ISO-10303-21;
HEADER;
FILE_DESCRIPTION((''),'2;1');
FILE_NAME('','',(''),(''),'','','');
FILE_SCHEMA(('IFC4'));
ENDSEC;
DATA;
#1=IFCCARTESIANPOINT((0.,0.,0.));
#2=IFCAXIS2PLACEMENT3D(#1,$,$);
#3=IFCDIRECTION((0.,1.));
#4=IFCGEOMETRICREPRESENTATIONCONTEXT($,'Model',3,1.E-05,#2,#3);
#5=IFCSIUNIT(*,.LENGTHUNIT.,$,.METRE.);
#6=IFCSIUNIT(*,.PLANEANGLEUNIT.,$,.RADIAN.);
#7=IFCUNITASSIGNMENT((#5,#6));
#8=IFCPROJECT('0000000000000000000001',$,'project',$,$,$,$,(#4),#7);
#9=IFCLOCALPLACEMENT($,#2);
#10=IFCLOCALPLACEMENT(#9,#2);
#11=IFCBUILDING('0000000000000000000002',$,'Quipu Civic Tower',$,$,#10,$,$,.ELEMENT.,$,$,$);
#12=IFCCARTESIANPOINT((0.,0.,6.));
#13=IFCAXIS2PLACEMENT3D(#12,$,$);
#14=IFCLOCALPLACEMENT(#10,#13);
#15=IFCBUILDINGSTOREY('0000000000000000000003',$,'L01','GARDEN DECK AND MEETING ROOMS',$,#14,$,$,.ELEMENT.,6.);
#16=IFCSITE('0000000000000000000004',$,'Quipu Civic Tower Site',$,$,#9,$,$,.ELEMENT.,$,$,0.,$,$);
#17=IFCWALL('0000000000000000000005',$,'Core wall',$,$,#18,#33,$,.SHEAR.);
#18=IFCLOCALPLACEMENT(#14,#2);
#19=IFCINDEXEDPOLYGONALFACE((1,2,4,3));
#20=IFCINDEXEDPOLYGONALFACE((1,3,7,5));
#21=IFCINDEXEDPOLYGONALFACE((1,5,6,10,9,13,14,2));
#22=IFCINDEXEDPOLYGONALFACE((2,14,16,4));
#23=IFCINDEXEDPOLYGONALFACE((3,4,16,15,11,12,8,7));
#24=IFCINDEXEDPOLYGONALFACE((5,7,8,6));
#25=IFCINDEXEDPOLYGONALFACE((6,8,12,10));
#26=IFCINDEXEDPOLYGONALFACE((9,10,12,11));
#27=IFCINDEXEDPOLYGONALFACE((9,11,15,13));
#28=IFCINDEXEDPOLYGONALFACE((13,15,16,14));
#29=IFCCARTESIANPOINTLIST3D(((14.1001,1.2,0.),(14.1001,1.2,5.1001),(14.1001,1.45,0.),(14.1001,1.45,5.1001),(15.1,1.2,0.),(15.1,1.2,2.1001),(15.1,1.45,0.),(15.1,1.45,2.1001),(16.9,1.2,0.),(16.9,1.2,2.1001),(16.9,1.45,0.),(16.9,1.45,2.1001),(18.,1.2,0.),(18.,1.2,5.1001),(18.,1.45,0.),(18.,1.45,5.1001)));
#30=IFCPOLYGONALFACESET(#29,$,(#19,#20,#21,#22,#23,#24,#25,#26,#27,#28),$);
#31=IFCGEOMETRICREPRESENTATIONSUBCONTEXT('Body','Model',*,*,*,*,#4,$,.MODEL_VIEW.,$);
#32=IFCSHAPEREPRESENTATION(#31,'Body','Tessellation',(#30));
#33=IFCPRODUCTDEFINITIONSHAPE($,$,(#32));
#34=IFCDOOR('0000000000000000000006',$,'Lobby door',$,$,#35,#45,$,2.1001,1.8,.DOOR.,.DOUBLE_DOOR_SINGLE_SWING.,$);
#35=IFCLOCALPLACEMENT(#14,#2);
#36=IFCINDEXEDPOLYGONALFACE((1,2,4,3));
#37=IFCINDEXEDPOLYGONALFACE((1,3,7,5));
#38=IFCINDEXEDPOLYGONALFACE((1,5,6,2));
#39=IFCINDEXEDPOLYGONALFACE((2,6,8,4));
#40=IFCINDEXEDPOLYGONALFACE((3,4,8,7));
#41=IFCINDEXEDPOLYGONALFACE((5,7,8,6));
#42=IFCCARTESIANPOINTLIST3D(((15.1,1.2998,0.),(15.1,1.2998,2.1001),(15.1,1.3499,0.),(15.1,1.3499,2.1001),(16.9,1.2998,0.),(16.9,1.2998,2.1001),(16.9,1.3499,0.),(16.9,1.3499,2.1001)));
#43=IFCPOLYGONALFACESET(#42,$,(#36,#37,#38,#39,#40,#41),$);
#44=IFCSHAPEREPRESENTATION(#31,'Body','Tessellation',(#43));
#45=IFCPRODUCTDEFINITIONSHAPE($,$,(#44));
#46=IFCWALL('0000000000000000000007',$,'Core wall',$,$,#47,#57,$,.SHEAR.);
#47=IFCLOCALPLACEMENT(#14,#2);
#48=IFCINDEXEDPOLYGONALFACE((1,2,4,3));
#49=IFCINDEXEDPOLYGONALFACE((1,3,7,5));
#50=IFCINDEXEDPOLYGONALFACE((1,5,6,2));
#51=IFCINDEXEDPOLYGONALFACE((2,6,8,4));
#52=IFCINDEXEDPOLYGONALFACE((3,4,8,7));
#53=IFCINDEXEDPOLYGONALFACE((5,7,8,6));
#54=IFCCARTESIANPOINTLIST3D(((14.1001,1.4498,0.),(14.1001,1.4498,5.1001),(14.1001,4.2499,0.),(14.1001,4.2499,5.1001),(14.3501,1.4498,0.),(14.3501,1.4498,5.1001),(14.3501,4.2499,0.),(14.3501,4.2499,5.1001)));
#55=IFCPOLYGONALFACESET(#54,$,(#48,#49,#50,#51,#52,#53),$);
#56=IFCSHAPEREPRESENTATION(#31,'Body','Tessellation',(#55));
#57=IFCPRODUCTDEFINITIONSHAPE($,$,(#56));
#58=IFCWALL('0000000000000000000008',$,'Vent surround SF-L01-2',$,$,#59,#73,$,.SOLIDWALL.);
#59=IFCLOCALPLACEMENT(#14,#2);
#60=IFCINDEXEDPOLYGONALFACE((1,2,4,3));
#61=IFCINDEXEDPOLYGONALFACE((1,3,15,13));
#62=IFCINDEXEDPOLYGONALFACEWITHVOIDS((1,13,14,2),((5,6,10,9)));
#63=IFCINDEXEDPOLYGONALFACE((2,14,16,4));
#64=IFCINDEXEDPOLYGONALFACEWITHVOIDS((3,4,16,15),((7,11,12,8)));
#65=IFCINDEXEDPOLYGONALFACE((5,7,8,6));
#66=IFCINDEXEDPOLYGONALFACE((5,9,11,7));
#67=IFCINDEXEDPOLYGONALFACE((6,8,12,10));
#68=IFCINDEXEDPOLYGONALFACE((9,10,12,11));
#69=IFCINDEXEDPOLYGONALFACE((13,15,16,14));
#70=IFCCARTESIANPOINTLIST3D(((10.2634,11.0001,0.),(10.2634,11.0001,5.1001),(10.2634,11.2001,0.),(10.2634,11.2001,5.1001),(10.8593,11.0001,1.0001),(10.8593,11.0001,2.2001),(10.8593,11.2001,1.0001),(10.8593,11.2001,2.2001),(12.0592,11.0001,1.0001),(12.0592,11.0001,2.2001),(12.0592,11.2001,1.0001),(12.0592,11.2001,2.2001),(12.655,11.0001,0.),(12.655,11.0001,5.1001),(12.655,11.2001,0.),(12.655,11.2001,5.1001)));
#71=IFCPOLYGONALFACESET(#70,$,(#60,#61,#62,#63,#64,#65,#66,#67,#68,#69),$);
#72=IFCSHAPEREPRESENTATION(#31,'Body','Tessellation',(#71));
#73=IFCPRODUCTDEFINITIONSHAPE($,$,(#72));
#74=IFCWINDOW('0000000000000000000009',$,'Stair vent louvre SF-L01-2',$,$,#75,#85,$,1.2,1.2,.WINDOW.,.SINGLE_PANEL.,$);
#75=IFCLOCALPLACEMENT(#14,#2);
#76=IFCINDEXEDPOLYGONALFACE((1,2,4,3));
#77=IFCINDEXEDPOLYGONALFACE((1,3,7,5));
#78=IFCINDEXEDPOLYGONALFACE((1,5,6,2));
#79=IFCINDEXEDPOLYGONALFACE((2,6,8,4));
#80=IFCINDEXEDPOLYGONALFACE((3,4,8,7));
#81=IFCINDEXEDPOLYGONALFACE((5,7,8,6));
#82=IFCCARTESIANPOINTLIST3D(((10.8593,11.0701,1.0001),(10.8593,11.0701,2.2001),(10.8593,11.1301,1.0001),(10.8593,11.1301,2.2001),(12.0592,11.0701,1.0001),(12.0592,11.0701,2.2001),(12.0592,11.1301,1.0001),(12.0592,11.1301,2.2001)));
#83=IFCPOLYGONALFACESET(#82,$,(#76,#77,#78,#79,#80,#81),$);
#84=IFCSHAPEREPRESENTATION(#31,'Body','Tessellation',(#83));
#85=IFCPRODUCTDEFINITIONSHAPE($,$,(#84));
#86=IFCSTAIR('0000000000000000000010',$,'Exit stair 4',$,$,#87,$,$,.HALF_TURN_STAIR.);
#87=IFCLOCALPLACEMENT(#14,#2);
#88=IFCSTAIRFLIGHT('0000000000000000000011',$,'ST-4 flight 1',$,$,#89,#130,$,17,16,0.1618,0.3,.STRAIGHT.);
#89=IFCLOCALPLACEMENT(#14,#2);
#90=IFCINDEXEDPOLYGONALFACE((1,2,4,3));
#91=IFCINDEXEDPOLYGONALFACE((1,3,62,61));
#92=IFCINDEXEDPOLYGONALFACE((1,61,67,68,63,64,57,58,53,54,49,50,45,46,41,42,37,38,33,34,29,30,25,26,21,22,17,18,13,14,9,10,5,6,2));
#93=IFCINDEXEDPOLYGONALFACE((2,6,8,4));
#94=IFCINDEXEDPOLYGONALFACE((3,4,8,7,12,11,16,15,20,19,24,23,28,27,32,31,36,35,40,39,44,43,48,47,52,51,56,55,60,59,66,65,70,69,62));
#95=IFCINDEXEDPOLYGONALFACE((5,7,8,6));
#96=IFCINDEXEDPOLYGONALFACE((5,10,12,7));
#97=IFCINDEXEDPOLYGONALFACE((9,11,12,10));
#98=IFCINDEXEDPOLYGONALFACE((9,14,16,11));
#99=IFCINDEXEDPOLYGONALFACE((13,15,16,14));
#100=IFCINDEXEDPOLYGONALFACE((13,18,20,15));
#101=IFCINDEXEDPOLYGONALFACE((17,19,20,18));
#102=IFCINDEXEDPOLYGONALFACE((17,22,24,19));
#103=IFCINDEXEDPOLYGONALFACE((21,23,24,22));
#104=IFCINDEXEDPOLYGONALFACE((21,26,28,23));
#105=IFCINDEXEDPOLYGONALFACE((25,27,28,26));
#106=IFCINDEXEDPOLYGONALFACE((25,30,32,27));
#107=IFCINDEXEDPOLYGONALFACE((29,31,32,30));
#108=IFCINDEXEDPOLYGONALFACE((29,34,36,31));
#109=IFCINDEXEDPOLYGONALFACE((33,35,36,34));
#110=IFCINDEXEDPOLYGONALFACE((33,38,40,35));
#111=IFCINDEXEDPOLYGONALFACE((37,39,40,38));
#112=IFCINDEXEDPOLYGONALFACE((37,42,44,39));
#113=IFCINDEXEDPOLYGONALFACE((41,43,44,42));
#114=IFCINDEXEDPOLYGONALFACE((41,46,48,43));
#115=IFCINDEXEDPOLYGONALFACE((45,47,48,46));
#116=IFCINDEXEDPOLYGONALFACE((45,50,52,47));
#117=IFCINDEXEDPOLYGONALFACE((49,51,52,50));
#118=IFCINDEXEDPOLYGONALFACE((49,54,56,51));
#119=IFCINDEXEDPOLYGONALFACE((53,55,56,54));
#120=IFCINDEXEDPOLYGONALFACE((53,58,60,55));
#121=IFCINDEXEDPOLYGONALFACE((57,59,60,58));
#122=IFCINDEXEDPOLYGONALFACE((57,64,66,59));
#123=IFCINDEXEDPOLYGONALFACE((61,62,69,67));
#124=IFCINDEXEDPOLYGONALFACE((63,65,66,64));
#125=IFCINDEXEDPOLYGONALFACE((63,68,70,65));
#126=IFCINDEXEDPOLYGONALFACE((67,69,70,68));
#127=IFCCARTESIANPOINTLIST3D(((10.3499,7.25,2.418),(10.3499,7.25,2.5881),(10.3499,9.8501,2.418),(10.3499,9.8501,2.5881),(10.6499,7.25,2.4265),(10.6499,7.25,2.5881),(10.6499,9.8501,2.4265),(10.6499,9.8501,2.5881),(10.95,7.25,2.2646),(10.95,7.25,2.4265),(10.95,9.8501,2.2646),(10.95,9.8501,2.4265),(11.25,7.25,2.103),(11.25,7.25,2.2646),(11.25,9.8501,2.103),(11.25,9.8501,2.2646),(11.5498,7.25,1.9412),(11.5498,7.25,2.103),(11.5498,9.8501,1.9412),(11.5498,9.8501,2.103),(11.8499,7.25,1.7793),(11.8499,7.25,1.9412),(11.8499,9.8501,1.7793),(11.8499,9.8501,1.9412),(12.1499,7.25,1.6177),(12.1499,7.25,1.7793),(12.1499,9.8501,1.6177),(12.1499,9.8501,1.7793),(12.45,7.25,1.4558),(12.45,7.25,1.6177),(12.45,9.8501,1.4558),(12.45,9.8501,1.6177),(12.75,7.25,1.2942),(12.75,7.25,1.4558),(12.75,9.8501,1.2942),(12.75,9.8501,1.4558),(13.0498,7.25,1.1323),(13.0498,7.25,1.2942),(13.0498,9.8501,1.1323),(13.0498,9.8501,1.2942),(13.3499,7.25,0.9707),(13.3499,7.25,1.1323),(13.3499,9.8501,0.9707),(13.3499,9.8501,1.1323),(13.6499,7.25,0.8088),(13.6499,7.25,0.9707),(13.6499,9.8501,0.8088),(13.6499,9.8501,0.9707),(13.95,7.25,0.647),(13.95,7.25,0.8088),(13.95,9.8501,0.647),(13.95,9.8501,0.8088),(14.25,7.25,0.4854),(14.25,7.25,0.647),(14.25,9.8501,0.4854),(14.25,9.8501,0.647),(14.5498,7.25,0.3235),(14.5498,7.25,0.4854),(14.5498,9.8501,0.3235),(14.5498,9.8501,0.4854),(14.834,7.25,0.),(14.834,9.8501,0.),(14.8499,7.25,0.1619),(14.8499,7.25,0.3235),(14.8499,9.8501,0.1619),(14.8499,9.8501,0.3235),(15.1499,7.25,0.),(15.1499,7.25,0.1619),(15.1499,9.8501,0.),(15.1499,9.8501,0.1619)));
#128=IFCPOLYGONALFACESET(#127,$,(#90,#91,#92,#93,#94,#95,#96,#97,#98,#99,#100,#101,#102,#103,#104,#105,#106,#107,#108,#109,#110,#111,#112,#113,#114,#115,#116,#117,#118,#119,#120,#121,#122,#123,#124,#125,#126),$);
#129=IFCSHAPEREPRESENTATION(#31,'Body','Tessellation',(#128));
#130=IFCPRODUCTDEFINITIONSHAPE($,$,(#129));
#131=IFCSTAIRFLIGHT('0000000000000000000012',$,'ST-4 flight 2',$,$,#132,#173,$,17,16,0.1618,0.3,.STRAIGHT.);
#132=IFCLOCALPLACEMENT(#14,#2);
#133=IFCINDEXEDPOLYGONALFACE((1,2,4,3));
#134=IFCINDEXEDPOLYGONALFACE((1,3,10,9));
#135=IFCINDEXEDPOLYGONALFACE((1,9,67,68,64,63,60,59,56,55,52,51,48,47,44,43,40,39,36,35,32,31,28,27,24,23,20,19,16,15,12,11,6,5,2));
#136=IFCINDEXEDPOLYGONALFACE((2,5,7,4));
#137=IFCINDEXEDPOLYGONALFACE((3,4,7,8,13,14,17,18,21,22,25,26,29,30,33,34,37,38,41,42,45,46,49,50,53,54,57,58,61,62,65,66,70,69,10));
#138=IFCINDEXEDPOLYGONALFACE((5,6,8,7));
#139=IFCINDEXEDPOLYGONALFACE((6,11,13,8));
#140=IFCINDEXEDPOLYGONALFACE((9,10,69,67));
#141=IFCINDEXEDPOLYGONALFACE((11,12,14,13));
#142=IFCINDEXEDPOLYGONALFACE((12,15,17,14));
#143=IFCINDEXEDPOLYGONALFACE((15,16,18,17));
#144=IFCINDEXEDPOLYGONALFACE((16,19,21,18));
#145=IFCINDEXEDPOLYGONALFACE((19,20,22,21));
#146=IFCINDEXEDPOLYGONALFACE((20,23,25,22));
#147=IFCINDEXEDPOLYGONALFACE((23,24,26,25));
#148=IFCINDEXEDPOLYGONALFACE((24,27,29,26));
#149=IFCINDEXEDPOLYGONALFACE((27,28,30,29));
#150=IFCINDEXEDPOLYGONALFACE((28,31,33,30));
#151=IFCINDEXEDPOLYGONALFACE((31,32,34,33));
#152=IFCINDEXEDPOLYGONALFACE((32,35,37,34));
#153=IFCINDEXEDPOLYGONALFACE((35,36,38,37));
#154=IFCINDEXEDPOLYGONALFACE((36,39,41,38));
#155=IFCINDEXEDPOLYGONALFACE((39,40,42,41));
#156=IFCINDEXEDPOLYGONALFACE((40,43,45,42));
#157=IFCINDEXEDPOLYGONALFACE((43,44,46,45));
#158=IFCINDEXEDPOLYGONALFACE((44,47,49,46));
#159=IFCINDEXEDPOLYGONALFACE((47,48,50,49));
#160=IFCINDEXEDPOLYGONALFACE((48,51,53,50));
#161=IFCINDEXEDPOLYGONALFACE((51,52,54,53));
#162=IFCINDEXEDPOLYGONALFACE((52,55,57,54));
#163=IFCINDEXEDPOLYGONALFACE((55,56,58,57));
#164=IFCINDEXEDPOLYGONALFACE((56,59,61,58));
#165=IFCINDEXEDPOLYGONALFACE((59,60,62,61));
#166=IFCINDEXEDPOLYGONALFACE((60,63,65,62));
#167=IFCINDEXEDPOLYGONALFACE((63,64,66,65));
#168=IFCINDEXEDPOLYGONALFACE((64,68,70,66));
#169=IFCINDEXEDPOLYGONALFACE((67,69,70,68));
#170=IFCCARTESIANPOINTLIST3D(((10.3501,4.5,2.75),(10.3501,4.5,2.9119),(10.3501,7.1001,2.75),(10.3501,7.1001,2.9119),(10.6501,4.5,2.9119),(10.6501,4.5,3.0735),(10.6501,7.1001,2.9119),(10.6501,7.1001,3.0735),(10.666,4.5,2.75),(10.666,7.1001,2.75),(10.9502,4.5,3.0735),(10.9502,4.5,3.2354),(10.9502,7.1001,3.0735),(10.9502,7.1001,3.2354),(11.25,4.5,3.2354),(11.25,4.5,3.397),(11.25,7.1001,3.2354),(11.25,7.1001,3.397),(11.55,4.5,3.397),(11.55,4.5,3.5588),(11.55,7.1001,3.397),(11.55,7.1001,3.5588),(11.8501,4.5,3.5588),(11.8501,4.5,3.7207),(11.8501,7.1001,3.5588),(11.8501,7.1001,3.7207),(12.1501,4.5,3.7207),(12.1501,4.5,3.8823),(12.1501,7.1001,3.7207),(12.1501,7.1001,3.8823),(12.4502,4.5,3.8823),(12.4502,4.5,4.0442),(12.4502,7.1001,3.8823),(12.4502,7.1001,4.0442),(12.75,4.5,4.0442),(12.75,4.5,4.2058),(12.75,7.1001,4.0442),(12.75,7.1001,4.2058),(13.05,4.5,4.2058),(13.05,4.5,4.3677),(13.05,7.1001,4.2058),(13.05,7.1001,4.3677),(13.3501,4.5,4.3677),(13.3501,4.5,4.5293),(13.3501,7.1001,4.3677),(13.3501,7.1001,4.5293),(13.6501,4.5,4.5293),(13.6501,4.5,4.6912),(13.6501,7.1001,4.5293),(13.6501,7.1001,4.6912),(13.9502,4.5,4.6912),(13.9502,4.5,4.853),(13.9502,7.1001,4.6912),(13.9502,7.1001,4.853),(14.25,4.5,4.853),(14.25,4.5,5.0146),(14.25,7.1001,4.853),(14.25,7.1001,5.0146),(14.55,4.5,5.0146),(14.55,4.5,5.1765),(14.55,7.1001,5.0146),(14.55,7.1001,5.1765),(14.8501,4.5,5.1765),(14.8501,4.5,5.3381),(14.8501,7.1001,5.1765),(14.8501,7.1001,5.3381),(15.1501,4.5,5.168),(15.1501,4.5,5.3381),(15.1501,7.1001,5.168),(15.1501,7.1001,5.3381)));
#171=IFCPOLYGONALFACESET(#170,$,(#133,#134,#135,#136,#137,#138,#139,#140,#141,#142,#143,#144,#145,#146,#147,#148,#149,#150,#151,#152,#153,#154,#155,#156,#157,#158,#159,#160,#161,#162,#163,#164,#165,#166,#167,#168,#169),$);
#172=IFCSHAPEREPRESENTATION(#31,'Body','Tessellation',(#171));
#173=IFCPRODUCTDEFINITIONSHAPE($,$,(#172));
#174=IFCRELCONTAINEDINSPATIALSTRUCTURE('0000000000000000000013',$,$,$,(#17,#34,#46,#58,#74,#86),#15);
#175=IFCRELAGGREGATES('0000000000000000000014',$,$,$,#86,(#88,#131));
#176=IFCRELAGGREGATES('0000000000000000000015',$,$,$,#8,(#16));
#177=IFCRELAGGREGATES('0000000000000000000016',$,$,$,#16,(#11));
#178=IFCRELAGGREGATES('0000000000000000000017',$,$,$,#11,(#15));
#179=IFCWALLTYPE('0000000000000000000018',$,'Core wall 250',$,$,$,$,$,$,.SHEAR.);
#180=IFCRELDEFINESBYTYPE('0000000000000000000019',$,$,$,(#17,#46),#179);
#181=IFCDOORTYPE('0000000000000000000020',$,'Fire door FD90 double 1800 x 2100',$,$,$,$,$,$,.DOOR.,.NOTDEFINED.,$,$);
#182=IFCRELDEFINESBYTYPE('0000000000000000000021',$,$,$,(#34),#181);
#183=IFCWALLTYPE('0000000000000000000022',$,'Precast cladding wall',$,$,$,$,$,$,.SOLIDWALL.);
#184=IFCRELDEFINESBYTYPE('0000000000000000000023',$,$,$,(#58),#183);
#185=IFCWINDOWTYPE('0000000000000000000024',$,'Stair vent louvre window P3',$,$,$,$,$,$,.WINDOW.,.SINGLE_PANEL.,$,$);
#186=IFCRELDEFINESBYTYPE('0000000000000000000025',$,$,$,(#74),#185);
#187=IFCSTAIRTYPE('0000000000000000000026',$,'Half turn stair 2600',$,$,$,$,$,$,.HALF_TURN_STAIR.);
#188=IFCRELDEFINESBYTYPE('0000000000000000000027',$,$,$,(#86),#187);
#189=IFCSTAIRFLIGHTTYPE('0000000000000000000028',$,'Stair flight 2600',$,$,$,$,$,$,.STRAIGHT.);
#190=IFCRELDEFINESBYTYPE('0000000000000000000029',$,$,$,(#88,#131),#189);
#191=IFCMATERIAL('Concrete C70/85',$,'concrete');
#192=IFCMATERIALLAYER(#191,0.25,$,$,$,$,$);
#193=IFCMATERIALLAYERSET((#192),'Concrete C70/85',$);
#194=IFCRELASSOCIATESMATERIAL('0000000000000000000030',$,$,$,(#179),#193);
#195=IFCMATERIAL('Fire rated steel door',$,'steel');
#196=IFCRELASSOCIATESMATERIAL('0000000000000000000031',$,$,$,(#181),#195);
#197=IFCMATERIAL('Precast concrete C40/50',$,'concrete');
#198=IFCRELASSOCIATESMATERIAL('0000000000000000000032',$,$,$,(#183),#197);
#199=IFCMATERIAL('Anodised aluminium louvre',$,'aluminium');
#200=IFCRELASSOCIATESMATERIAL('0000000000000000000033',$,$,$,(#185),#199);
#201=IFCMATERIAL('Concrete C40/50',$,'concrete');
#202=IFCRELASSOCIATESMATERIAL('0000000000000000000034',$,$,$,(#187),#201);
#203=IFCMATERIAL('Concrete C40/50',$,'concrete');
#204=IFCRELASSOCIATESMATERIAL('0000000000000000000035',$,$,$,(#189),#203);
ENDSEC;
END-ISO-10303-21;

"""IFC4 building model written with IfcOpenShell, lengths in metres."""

from ifc_helpers import new_model, si_unit, direction, frame, frame_2d, origin, place, context, subcontext, project, spatial, polyline, rectangle, outline, extrude, material, layer, layer_set, type_object, element, fill, aggregate, save


model = new_model("IFC4")

# Units and contexts
model_context = context("Model", 3, precision=1e-05, world=origin(), true_north=direction((0.0, 1.0)))
body_context = subcontext(model_context, "Body", "Model", "MODEL_VIEW")
ifc_project = project(units=[si_unit("LENGTHUNIT", "METRE"), si_unit("PLANEANGLEUNIT", "RADIAN")], contexts=[model_context])

# Site, building, storey
site_placement = place(None, origin())
site = spatial("IfcSite", under=ifc_project, at=site_placement, Name="Quipu Civic Tower Site", CompositionType="ELEMENT", RefElevation=0.0)
building_placement = place(site_placement, origin())
building = spatial("IfcBuilding", under=site, at=building_placement, Name="Quipu Civic Tower", CompositionType="ELEMENT")
storey_placement = place(building_placement, frame((0.0, 0.0, 6.0)))
storey = spatial("IfcBuildingStorey", under=building, at=storey_placement, Name="L01", Description="GARDEN DECK AND MEETING ROOMS", CompositionType="ELEMENT", Elevation=6.0)

# Wall, opening, door
ifc_material_1 = material(Name="Concrete C70/85", Category="concrete")
ifc_layer_1 = layer(ifc_material_1, 0.25)
ifc_layer_set_1 = layer_set([ifc_layer_1], Name="Concrete C70/85")
wall_type_1 = type_object("IfcWallType", Name="Core wall 250", PredefinedType="SHEAR", material=ifc_layer_set_1)
wall_1_placement = place(storey_placement, frame((14.1001, 1.325, 0.0), z_axis=(0.0, 0.0, 1.0), x_axis=(1.0, 0.0, 0.0)))
wall_1 = element("IfcWall", 1, at=wall_1_placement, inside=storey, type_object=wall_type_1, Name="Core wall", PredefinedType="SHEAR", context=body_context, shape_type="SweptSolid", body=[
    extrude(rectangle(XDim=3.8999, YDim=0.25, at=frame_2d((1.95, 0.0))), origin(), (0.0, 0.0, 1.0), 5.1001),
])
opening_1_placement = place(wall_1_placement, frame((1.0, 0.0, 0.0)))
opening_1 = element("IfcOpeningElement", 2, at=opening_1_placement, cuts=wall_1, PredefinedType="OPENING", context=body_context, shape_type="SweptSolid", body=[
    extrude(rectangle(XDim=1.8, YDim=2.1001, at=frame_2d((0.8999, 1.05))), frame((0.0, 0.135, 0.0), z_axis=(0.0, -1.0, 0.0), x_axis=(1.0, 0.0, 0.0)), (0.0, 0.0, 1.0), 0.27),
])
ifc_material_2 = material(Name="Fire rated steel door", Category="steel")
door_type = type_object("IfcDoorType", Name="Fire door FD90 double 1800 x 2100", OperationType="NOTDEFINED", PredefinedType="DOOR", material=ifc_material_2)
door_placement = place(opening_1_placement, origin())
door = element("IfcDoor", 3, at=door_placement, inside=storey, type_object=door_type, Name="Lobby door", OperationType="DOUBLE_DOOR_SINGLE_SWING", OverallHeight=2.1001, OverallWidth=1.8, PredefinedType="DOOR", context=body_context, shape_type="SweptSolid", body=[
    extrude(rectangle(XDim=1.8, YDim=2.1001, at=frame_2d((0.8999, 1.05))), frame((0.0, 0.0249, 0.0), z_axis=(0.0, -1.0, 0.0), x_axis=(1.0, 0.0, 0.0)), (0.0, 0.0, 1.0), 0.05),
])
fill(opening_1, door)

# Wall
wall_2_placement = place(storey_placement, frame((14.2251, 1.45, 0.0), z_axis=(0.0, 0.0, 1.0), x_axis=(0.0, 1.0, 0.0)))
element("IfcWall", 4, at=wall_2_placement, inside=storey, type_object=wall_type_1, Name="Core wall", PredefinedType="SHEAR", context=body_context, shape_type="SweptSolid", body=[
    extrude(rectangle(XDim=2.8, YDim=0.25, at=frame_2d((1.3999, 0.0))), origin(), (0.0, 0.0, 1.0), 5.1001),
])

# Wall, opening, window
ifc_material_3 = material(Name="Precast concrete C40/50", Category="concrete")
wall_type_2 = type_object("IfcWallType", Name="Precast cladding wall", PredefinedType="SOLIDWALL", material=ifc_material_3)
wall_3_placement = place(storey_placement, frame((12.655, 11.1001, 0.0), z_axis=(0.0, 0.0, 1.0), x_axis=(-1.0, 0.0, 0.0)))
wall_3 = element("IfcWall", 5, at=wall_3_placement, inside=storey, type_object=wall_type_2, Name="Vent surround SF-L01-2", PredefinedType="SOLIDWALL", context=body_context, shape_type="SweptSolid", body=[
    extrude(rectangle(XDim=2.3916, YDim=0.2, at=frame_2d((1.1958, 0.0))), origin(), (0.0, 0.0, 1.0), 5.1001),
])
opening_2_placement = place(wall_3_placement, frame((0.5957, 0.0, 1.0)))
opening_2 = element("IfcOpeningElement", 6, at=opening_2_placement, cuts=wall_3, PredefinedType="OPENING", context=body_context, shape_type="SweptSolid", body=[
    extrude(rectangle(XDim=1.2, YDim=1.2, at=frame_2d((0.6001, 0.6001))), frame((0.0, 0.1099, 0.0), z_axis=(0.0, -1.0, 0.0), x_axis=(1.0, 0.0, 0.0)), (0.0, 0.0, 1.0), 0.22),
])
ifc_material_4 = material(Name="Anodised aluminium louvre", Category="aluminium")
window_type = type_object("IfcWindowType", Name="Stair vent louvre window P3", PartitioningType="SINGLE_PANEL", PredefinedType="WINDOW", material=ifc_material_4)
window_placement = place(opening_2_placement, origin())
window = element("IfcWindow", 7, at=window_placement, inside=storey, type_object=window_type, Name="Stair vent louvre SF-L01-2", OverallHeight=1.2, OverallWidth=1.2, PartitioningType="SINGLE_PANEL", PredefinedType="WINDOW", context=body_context, shape_type="SweptSolid", body=[
    extrude(rectangle(XDim=1.2, YDim=1.2, at=frame_2d((0.6001, 0.6001))), frame((0.0, 0.03, 0.0), z_axis=(0.0, -1.0, 0.0), x_axis=(1.0, 0.0, 0.0)), (0.0, 0.0, 1.0), 0.0601),
])
fill(opening_2, window)

# Stair, stair flights
ifc_material_5 = material(Name="Concrete C40/50", Category="concrete")
stair_type = type_object("IfcStairType", Name="Half turn stair 2600", PredefinedType="HALF_TURN_STAIR", material=ifc_material_5)
stair_placement = place(storey_placement, origin())
stair = element("IfcStair", 8, at=stair_placement, inside=storey, type_object=stair_type, Name="Exit stair 4", PredefinedType="HALF_TURN_STAIR")
ifc_material_6 = material(Name="Concrete C40/50", Category="concrete")
stair_flight_type = type_object("IfcStairFlightType", Name="Stair flight 2600", PredefinedType="STRAIGHT", material=ifc_material_6)
stair_flight_1_placement = place(storey_placement, frame((15.1499, 8.55, 0.0), z_axis=(0.0, 0.0, 1.0), x_axis=(-1.0, 0.0, 0.0)))
stair_flight_1 = element("IfcStairFlight", 9, at=stair_flight_1_placement, type_object=stair_flight_type, Name="ST-4 flight 1", NumberOfRisers=17, NumberOfTreads=16, PredefinedType="STRAIGHT", RiserHeight=0.1618, TreadLength=0.3, context=body_context, shape_type="SweptSolid", body=[
    extrude(outline(polyline([(0.0, 0.0), (0.0, 0.1619), (0.3, 0.1619), (0.3, 0.3235), (0.6001, 0.3235), (0.6001, 0.4854), (0.8999, 0.4854), (0.8999, 0.647), (1.2, 0.647), (1.2, 0.8088), (1.5, 0.8088), (1.5, 0.9707), (1.8, 0.9707), (1.8, 1.1323), (2.1001, 1.1323), (2.1001, 1.2942), (2.3999, 1.2942), (2.3999, 1.4558), (2.7, 1.4558), (2.7, 1.6177), (3.0, 1.6177), (3.0, 1.7793), (3.3, 1.7793), (3.3, 1.9412), (3.6001, 1.9412), (3.6001, 2.103), (3.8999, 2.103), (3.8999, 2.2646), (4.2, 2.2646), (4.2, 2.4265), (4.5, 2.4265), (4.5, 2.5881), (4.8, 2.5881), (4.8, 2.75), (4.8, 2.418), (0.3159, 0.0), (0.0, 0.0)])), frame((0.0, 1.3, 0.0), z_axis=(0.0, -1.0, 0.0), x_axis=(1.0, 0.0, 0.0)), (0.0, 0.0, 1.0), 2.6001),
])
stair_flight_2_placement = place(storey_placement, frame((10.3501, 5.8, 2.75), z_axis=(0.0, 0.0, 1.0), x_axis=(1.0, 0.0, 0.0)))
stair_flight_2 = element("IfcStairFlight", 10, at=stair_flight_2_placement, type_object=stair_flight_type, Name="ST-4 flight 2", NumberOfRisers=17, NumberOfTreads=16, PredefinedType="STRAIGHT", RiserHeight=0.1618, TreadLength=0.3, context=body_context, shape_type="SweptSolid", body=[
    extrude(outline(polyline([(0.0, 0.0), (0.0, 0.1619), (0.3, 0.1619), (0.3, 0.3235), (0.6001, 0.3235), (0.6001, 0.4854), (0.8999, 0.4854), (0.8999, 0.647), (1.2, 0.647), (1.2, 0.8088), (1.5, 0.8088), (1.5, 0.9707), (1.8, 0.9707), (1.8, 1.1323), (2.1001, 1.1323), (2.1001, 1.2942), (2.3999, 1.2942), (2.3999, 1.4558), (2.7, 1.4558), (2.7, 1.6177), (3.0, 1.6177), (3.0, 1.7793), (3.3, 1.7793), (3.3, 1.9412), (3.6001, 1.9412), (3.6001, 2.103), (3.8999, 2.103), (3.8999, 2.2646), (4.2, 2.2646), (4.2, 2.4265), (4.5, 2.4265), (4.5, 2.5881), (4.8, 2.5881), (4.8, 2.75), (4.8, 2.418), (0.3159, 0.0), (0.0, 0.0)])), frame((0.0, 1.3, 0.0), z_axis=(0.0, -1.0, 0.0), x_axis=(1.0, 0.0, 0.0)), (0.0, 0.0, 1.0), 2.6001),
])
aggregate(stair, [stair_flight_1, stair_flight_2])

save(model, "model.ifc")
